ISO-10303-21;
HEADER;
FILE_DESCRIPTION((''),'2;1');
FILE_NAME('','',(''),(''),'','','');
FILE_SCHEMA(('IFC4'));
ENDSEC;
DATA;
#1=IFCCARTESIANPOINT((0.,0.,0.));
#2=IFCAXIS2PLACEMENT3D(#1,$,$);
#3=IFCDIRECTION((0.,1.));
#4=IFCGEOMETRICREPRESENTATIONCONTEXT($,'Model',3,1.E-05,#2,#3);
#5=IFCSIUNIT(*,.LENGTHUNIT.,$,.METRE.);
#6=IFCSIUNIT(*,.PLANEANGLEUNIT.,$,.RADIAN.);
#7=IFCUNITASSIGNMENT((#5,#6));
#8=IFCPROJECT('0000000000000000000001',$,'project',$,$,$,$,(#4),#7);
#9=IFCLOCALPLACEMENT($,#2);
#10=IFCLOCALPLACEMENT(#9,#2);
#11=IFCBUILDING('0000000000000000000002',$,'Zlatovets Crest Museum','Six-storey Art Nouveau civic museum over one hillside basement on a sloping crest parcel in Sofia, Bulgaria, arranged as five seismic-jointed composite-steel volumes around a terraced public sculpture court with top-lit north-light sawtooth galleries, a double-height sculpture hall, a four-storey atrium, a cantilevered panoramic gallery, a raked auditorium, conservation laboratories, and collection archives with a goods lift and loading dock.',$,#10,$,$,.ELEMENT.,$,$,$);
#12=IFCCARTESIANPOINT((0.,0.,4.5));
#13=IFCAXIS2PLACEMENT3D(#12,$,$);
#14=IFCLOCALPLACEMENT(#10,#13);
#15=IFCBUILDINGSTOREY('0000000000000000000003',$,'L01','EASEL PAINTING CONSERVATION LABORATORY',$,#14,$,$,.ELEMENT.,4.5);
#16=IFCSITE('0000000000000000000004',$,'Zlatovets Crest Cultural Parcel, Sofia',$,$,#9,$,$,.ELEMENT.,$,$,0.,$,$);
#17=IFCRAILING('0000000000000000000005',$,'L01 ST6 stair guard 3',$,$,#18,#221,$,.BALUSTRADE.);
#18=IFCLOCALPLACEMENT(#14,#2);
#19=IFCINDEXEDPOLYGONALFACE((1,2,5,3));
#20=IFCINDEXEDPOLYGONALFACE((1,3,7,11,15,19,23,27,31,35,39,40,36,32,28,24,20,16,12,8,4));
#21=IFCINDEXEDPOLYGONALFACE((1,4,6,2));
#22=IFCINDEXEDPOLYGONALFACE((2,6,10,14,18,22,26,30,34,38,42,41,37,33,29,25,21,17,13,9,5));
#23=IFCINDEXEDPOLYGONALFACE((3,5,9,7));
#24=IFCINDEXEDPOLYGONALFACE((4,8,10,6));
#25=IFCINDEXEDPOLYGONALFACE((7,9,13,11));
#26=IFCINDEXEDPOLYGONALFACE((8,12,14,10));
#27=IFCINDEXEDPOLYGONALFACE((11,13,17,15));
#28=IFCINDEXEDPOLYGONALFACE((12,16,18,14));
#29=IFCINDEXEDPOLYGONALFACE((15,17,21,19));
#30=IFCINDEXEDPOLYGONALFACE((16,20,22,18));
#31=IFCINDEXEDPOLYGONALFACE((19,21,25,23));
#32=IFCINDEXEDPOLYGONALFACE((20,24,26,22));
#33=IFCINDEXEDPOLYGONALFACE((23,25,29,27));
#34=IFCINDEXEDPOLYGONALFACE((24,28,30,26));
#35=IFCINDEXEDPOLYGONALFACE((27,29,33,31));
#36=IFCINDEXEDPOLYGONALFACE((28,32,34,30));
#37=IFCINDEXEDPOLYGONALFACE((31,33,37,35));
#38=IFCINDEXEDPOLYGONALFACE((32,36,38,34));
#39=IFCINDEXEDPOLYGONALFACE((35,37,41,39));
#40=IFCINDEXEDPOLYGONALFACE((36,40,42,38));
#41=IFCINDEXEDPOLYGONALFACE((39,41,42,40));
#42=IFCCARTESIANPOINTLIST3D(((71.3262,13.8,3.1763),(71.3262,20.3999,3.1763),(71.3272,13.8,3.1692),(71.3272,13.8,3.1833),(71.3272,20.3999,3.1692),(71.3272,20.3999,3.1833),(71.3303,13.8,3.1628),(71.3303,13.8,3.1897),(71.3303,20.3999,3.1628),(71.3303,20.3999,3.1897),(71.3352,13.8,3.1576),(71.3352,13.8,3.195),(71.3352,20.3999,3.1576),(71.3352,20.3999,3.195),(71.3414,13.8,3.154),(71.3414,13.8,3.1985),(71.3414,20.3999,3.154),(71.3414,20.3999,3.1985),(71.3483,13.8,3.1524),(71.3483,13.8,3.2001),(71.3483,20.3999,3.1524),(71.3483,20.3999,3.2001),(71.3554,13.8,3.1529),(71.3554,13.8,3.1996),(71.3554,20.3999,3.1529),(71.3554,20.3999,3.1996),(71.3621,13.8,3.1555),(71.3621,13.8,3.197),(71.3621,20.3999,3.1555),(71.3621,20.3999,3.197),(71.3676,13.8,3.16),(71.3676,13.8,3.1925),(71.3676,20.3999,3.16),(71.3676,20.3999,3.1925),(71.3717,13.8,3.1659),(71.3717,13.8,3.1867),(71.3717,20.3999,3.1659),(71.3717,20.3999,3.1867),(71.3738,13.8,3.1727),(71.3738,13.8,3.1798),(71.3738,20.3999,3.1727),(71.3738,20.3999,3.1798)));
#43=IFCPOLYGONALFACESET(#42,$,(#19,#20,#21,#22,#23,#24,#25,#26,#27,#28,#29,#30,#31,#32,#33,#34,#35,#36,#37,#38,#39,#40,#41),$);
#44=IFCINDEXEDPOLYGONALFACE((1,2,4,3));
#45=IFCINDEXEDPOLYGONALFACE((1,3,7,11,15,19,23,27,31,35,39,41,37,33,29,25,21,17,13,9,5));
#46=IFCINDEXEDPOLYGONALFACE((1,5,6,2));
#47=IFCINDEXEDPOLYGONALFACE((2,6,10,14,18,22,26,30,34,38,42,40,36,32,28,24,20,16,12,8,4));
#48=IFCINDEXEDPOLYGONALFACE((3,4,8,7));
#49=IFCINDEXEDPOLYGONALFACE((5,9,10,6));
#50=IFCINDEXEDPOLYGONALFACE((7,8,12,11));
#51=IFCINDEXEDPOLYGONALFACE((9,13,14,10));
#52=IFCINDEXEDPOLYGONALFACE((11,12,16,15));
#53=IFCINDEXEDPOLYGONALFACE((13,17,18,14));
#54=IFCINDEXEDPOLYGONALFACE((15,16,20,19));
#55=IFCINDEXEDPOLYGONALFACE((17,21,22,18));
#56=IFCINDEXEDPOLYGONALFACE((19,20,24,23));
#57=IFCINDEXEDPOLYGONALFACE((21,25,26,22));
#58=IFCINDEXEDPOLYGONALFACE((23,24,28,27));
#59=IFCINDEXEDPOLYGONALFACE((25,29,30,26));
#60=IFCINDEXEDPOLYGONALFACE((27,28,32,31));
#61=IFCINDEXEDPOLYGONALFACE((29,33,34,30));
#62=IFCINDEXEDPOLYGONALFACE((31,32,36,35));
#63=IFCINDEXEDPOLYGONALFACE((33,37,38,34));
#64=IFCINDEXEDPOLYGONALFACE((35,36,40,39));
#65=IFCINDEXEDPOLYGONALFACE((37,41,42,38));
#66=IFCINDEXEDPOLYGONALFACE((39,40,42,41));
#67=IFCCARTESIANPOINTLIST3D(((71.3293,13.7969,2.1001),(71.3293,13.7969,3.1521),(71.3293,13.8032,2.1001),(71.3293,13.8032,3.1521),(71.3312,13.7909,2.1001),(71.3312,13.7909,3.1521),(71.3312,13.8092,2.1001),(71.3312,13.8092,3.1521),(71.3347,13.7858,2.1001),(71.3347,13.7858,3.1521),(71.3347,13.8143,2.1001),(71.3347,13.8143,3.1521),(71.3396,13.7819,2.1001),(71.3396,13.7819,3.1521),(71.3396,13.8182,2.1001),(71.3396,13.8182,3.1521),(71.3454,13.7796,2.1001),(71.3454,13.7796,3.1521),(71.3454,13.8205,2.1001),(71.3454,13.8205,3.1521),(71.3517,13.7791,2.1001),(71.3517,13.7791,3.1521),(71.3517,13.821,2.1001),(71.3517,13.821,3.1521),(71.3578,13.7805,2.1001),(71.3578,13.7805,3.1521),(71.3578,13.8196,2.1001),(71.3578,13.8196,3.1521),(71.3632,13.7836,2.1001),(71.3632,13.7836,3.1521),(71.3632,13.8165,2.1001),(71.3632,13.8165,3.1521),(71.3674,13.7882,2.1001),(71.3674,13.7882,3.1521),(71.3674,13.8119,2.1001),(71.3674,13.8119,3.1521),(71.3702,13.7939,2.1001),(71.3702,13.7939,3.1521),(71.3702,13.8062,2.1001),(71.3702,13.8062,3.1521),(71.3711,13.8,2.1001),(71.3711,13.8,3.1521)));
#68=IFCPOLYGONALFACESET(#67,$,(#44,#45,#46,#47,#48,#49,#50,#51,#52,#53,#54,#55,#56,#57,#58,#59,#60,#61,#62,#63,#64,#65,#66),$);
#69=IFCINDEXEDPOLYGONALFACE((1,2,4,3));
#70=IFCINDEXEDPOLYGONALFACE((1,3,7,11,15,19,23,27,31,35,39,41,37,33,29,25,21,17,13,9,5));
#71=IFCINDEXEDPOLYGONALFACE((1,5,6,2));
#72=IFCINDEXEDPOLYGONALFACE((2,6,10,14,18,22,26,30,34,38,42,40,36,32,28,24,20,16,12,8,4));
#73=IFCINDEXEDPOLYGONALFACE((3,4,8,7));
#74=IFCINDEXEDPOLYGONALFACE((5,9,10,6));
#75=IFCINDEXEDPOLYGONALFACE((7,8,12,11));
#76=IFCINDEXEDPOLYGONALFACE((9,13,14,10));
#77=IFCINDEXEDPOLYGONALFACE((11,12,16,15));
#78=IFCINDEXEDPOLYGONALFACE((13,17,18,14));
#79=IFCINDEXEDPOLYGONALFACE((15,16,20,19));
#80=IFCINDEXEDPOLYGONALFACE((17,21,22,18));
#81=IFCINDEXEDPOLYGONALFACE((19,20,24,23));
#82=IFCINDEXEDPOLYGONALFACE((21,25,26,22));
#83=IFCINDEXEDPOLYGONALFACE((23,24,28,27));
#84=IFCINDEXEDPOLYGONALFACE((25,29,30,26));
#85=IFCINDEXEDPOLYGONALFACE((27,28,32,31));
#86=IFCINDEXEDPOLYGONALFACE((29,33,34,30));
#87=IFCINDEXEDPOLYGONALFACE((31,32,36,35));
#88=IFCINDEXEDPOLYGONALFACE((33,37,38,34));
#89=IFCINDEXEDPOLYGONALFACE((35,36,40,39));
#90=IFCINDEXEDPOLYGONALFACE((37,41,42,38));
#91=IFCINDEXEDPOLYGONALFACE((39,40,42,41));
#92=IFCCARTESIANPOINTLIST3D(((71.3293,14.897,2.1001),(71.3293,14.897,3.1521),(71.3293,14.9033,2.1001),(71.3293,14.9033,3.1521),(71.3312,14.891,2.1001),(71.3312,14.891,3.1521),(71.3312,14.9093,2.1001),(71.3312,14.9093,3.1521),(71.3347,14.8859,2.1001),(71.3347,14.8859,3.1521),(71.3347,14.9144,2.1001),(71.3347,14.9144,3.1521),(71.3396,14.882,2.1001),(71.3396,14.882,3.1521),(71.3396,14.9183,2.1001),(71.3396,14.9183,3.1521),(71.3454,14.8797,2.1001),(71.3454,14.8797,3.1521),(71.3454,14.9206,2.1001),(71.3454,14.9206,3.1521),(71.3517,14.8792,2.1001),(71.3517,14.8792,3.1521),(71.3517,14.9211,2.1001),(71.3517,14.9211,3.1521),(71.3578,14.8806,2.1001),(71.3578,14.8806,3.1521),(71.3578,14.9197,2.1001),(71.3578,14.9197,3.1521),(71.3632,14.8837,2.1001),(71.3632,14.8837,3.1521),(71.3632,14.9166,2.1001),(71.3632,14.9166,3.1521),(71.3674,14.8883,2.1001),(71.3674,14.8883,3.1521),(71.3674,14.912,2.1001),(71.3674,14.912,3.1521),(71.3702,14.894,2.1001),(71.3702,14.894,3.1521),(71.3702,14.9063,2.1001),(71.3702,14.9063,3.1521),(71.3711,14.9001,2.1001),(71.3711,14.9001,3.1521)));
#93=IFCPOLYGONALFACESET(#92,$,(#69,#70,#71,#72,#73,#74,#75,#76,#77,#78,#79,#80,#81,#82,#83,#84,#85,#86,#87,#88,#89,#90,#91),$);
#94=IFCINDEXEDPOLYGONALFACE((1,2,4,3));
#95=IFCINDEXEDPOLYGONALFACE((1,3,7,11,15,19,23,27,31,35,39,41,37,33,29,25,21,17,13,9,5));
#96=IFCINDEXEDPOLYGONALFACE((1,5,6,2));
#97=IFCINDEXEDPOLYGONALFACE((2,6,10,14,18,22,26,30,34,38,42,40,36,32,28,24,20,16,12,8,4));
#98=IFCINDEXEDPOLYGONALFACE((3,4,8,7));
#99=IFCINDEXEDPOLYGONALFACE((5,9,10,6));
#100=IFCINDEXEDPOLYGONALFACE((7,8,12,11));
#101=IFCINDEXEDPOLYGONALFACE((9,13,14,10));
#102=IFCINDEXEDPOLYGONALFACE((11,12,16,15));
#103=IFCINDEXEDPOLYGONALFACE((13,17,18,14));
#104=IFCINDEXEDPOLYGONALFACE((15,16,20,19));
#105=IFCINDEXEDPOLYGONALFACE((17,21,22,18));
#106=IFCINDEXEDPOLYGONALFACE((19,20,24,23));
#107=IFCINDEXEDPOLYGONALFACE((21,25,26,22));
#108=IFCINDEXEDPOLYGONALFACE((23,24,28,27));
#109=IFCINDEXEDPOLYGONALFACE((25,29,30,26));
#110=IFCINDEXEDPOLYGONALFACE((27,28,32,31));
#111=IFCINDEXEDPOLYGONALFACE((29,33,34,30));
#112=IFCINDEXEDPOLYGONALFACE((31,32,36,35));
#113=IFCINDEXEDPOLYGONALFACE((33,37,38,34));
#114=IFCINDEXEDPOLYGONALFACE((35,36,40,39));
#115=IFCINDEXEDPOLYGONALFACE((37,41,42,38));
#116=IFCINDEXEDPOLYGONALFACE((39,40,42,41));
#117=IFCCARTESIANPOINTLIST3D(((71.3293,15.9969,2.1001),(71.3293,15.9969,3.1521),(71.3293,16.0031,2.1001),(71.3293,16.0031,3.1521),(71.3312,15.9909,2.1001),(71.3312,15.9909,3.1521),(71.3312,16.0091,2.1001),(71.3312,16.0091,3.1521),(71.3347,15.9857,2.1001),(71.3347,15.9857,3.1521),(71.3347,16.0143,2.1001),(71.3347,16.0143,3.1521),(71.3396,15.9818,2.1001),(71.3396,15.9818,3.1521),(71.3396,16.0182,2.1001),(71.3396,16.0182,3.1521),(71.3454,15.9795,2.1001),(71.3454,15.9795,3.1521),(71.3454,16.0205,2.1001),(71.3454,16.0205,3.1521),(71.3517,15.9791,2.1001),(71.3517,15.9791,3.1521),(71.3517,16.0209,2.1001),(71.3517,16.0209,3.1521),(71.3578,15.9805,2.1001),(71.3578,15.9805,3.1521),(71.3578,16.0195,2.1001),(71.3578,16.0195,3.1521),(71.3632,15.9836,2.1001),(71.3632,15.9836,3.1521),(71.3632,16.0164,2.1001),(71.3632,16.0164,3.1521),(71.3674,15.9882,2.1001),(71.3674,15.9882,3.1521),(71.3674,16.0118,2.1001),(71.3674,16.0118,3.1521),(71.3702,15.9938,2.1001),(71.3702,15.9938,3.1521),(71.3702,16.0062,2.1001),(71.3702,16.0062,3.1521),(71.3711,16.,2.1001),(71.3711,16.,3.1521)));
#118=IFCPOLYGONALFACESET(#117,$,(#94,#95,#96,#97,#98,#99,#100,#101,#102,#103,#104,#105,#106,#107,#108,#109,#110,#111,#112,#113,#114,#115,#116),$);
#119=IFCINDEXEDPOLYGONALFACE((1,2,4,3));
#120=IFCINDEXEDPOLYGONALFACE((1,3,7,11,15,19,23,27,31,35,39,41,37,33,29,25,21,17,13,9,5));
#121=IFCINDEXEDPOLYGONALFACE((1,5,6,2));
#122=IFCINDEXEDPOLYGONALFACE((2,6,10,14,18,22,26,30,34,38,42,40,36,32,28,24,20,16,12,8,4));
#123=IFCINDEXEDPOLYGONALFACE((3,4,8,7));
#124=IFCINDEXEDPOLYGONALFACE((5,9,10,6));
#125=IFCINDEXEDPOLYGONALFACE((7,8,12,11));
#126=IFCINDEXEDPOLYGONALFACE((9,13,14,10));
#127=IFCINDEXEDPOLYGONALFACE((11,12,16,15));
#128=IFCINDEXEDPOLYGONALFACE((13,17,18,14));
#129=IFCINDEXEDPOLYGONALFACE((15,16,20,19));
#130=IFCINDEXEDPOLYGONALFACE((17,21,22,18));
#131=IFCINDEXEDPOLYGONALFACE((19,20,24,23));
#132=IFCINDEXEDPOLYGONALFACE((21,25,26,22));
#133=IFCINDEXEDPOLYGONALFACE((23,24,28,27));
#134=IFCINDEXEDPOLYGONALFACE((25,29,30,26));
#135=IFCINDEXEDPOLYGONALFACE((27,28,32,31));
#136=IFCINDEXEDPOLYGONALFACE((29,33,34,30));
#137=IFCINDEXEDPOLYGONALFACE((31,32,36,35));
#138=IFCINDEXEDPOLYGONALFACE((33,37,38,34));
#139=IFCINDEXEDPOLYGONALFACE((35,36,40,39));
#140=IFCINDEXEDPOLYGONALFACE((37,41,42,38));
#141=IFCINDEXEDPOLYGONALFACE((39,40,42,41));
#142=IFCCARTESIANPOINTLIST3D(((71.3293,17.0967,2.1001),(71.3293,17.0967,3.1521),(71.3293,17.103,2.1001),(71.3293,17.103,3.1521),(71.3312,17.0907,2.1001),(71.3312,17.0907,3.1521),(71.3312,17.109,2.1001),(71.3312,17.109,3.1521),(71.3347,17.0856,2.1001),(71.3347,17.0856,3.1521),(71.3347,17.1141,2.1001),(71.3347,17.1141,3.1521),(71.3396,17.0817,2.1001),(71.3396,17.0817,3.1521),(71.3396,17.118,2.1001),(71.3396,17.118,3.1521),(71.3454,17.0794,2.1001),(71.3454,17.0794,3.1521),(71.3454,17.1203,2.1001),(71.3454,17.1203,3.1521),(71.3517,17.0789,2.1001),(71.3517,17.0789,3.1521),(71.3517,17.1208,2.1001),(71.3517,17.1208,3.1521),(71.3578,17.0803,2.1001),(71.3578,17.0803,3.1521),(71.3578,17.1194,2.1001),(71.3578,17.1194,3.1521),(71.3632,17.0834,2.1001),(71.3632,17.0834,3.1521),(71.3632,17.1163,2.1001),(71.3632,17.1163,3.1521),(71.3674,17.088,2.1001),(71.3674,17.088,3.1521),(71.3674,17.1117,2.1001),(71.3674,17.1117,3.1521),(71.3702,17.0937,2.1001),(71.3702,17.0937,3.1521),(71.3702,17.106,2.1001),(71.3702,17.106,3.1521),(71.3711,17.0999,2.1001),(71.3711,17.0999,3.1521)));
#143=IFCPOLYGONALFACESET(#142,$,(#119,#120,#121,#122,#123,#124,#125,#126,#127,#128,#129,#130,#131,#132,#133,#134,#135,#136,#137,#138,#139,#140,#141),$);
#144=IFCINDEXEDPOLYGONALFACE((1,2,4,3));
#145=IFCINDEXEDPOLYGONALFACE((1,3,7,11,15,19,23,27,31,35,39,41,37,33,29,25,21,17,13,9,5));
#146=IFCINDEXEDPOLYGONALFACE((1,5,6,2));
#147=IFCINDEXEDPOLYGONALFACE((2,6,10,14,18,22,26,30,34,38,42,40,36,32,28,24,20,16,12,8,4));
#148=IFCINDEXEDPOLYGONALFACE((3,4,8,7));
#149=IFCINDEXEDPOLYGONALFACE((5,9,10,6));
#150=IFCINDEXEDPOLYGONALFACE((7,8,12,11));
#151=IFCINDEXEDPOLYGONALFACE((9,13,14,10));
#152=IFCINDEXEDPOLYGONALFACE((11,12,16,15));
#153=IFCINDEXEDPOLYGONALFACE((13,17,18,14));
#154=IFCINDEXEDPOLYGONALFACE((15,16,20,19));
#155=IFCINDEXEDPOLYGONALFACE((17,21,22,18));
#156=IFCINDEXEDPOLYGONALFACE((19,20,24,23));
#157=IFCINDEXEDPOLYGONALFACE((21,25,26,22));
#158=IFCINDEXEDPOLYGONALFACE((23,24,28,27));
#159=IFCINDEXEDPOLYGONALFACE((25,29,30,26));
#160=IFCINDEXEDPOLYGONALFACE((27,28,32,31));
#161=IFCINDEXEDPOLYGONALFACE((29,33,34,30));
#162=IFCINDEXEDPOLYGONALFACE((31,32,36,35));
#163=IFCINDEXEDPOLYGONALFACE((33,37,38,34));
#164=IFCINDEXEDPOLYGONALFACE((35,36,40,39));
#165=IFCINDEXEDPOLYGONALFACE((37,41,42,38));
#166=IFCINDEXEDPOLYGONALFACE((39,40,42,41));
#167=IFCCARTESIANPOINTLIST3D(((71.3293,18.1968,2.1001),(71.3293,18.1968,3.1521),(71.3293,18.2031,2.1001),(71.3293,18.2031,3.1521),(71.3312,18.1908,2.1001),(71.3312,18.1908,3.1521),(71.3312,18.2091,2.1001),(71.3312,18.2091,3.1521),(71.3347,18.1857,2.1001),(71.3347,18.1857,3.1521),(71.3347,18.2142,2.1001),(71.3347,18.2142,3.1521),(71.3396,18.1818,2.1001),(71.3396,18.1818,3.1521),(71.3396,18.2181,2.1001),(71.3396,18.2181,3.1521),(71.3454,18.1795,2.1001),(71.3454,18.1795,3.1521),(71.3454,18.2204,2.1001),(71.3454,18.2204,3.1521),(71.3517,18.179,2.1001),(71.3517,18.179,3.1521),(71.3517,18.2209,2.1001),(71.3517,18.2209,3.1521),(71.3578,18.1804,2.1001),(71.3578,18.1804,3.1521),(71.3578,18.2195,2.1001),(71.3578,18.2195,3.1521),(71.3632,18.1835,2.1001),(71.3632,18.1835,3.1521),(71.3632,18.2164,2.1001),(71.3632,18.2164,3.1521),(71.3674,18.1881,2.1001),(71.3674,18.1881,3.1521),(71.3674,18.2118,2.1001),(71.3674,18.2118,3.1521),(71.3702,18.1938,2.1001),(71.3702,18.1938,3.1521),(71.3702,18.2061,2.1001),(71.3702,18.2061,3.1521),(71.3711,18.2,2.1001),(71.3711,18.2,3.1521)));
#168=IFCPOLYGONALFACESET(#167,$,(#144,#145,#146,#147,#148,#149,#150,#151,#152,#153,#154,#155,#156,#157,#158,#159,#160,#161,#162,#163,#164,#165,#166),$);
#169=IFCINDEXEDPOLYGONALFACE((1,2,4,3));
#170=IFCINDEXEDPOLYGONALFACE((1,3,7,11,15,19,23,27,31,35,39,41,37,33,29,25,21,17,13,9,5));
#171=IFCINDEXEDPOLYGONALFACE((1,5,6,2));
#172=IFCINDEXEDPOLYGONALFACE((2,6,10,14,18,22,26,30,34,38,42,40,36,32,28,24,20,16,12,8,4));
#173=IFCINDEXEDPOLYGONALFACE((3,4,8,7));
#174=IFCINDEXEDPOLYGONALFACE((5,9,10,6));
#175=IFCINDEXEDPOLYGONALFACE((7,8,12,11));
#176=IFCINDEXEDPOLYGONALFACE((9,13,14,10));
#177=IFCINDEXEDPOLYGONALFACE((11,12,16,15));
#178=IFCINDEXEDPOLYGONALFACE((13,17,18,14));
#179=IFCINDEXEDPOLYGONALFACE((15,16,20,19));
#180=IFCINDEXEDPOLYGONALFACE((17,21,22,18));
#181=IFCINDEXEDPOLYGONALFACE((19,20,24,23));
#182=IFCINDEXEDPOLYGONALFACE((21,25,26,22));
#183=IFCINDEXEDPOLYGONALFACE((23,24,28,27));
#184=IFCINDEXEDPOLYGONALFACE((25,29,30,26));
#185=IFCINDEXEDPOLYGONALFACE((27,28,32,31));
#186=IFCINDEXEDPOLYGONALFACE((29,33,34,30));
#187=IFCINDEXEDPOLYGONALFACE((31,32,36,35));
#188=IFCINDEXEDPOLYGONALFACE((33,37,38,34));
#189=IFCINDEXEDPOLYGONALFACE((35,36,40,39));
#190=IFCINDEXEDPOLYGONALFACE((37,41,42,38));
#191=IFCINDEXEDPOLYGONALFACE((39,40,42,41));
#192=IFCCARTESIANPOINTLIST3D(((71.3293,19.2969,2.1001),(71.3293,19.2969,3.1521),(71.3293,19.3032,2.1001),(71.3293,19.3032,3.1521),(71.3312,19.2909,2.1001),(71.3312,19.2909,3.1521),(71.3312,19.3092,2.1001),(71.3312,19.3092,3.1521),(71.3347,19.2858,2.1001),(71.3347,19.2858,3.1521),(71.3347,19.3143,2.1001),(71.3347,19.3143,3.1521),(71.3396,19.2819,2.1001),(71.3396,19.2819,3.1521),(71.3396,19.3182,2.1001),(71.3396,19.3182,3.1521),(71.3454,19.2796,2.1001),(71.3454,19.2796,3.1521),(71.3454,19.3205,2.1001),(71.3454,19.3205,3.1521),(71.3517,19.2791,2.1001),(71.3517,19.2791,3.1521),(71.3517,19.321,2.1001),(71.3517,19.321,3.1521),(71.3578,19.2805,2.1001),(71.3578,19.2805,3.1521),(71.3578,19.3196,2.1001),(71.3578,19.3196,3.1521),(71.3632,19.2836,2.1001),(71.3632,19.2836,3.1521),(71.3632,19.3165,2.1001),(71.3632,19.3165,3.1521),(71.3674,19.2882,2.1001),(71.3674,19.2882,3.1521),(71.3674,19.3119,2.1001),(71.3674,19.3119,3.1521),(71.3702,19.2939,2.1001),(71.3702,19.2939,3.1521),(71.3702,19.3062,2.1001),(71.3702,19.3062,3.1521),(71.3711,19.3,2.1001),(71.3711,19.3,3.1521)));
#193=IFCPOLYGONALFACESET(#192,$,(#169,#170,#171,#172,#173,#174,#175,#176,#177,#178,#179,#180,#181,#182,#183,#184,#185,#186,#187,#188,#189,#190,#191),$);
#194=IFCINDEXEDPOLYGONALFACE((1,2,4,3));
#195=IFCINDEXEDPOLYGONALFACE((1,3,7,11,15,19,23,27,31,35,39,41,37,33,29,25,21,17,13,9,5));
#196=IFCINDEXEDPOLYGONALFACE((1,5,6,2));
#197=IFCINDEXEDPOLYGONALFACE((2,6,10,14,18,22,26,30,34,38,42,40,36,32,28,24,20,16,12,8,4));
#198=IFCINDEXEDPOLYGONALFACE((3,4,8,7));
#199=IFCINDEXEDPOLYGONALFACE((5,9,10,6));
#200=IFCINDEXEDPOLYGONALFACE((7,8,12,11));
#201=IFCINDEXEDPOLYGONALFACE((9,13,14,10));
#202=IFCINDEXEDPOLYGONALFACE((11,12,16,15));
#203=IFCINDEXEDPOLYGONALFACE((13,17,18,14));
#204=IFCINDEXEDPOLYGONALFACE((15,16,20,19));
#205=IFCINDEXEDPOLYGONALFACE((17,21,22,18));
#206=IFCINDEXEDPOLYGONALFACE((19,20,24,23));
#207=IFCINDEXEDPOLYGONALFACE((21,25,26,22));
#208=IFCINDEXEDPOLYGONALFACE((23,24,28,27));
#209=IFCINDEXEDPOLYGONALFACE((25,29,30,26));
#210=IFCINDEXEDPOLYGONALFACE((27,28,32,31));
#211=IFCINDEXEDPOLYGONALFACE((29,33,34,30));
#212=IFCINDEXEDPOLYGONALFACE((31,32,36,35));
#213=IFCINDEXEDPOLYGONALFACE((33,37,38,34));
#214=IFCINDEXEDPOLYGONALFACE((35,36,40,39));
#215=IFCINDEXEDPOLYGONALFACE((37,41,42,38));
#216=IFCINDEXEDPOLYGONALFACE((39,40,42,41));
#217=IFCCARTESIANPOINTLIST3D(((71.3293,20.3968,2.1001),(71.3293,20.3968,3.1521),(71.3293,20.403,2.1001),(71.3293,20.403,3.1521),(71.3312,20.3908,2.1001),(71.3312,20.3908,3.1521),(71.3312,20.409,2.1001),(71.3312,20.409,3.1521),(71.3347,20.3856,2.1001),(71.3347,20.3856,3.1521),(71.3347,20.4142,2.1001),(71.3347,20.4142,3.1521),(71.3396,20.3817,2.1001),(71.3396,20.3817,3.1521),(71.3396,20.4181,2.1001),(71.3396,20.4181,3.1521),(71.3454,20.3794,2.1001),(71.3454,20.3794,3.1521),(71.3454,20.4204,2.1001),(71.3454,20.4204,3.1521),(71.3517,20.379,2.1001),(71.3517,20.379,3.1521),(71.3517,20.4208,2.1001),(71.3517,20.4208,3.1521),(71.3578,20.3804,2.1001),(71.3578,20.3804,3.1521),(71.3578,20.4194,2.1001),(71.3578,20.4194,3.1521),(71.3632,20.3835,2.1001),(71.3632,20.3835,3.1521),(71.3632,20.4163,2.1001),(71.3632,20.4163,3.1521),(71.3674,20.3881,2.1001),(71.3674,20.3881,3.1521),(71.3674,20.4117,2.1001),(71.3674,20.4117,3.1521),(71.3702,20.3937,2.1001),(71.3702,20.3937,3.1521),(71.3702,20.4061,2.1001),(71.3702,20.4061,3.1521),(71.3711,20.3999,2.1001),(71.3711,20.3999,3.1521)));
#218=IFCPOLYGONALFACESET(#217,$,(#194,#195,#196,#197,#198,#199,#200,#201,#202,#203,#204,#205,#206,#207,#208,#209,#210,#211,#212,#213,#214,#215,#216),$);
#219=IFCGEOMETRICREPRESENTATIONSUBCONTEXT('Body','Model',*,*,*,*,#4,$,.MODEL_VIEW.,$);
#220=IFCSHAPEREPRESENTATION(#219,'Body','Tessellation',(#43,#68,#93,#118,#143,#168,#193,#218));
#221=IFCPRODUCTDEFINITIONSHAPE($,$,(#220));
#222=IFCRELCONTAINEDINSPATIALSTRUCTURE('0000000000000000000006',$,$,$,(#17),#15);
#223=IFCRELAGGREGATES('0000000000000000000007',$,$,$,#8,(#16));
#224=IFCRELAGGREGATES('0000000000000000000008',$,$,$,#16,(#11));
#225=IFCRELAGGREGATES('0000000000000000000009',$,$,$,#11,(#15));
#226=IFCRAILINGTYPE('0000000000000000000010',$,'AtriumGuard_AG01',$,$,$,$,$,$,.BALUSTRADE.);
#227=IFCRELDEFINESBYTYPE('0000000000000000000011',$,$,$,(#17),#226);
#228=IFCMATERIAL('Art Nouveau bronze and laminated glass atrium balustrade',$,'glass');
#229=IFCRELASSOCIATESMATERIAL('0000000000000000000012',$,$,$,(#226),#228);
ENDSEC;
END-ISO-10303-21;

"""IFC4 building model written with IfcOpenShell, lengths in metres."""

from ifc_helpers import new_model, si_unit, direction, frame, origin, origin_2d, place, context, subcontext, project, spatial, circle, extrude, material, type_object, element, save


model = new_model("IFC4")

# Units and contexts
model_context = context("Model", 3, precision=1e-05, world=origin(), true_north=direction((0.0, 1.0)))
body_context = subcontext(model_context, "Body", "Model", "MODEL_VIEW")
ifc_project = project(units=[si_unit("LENGTHUNIT", "METRE"), si_unit("PLANEANGLEUNIT", "RADIAN")], contexts=[model_context])

# Site, building, storey
site_placement = place(None, origin())
site = spatial("IfcSite", under=ifc_project, at=site_placement, Name="Zlatovets Crest Cultural Parcel, Sofia", CompositionType="ELEMENT", RefElevation=0.0)
building_placement = place(site_placement, origin())
building = spatial("IfcBuilding", under=site, at=building_placement, Name="Zlatovets Crest Museum", Description="Six-storey Art Nouveau civic museum over one hillside basement on a sloping crest parcel in Sofia, Bulgaria, arranged as five seismic-jointed composite-steel volumes around a terraced public sculpture court with top-lit north-light sawtooth galleries, a double-height sculpture hall, a four-storey atrium, a cantilevered panoramic gallery, a raked auditorium, conservation laboratories, and collection archives with a goods lift and loading dock.", CompositionType="ELEMENT")
storey_placement = place(building_placement, frame((0.0, 0.0, 4.5)))
storey = spatial("IfcBuildingStorey", under=building, at=storey_placement, Name="L01", Description="EASEL PAINTING CONSERVATION LABORATORY", CompositionType="ELEMENT", Elevation=4.5)

# Railing
ifc_material_1 = material(Name="Art Nouveau bronze and laminated glass atrium balustrade", Category="glass")
railing_type_1 = type_object("IfcRailingType", Name="AtriumGuard_AG01", PredefinedType="BALUSTRADE", material=ifc_material_1)
for number, where, name in (
    (1, (71.3501, 13.8, 2.1001), "L01 ST6 stair guard 3"),
):
    element("IfcRailing", number, at=place(storey_placement, frame(where)), inside=storey, type_object=railing_type_1, Name=name, PredefinedType="BALUSTRADE", context=body_context, shape_type="SweptSolid", body=[
        extrude(circle(Radius=0.0239, at=origin_2d()), frame((0.0, 0.0, 1.0762), z_axis=(0.0, 1.0, 0.0), x_axis=(-1.0, 0.0, 0.0)), (0.0, 0.0, 1.0), 6.5999),
        extrude(circle(Radius=0.021, at=origin_2d()), origin(), (0.0, 0.0, 1.0), 1.052),
        extrude(circle(Radius=0.021, at=origin_2d()), frame((0.0, 1.1001, 0.0)), (0.0, 0.0, 1.0), 1.052),
        extrude(circle(Radius=0.021, at=origin_2d()), frame((0.0, 2.2, 0.0)), (0.0, 0.0, 1.0), 1.052),
        extrude(circle(Radius=0.021, at=origin_2d()), frame((0.0, 3.2998, 0.0)), (0.0, 0.0, 1.0), 1.052),
        extrude(circle(Radius=0.021, at=origin_2d()), frame((0.0, 4.3999, 0.0)), (0.0, 0.0, 1.0), 1.052),
        extrude(circle(Radius=0.021, at=origin_2d()), frame((0.0, 5.5, 0.0)), (0.0, 0.0, 1.0), 1.052),
        extrude(circle(Radius=0.021, at=origin_2d()), frame((0.0, 6.5999, 0.0)), (0.0, 0.0, 1.0), 1.052),
    ])

save(model, "model.ifc")
